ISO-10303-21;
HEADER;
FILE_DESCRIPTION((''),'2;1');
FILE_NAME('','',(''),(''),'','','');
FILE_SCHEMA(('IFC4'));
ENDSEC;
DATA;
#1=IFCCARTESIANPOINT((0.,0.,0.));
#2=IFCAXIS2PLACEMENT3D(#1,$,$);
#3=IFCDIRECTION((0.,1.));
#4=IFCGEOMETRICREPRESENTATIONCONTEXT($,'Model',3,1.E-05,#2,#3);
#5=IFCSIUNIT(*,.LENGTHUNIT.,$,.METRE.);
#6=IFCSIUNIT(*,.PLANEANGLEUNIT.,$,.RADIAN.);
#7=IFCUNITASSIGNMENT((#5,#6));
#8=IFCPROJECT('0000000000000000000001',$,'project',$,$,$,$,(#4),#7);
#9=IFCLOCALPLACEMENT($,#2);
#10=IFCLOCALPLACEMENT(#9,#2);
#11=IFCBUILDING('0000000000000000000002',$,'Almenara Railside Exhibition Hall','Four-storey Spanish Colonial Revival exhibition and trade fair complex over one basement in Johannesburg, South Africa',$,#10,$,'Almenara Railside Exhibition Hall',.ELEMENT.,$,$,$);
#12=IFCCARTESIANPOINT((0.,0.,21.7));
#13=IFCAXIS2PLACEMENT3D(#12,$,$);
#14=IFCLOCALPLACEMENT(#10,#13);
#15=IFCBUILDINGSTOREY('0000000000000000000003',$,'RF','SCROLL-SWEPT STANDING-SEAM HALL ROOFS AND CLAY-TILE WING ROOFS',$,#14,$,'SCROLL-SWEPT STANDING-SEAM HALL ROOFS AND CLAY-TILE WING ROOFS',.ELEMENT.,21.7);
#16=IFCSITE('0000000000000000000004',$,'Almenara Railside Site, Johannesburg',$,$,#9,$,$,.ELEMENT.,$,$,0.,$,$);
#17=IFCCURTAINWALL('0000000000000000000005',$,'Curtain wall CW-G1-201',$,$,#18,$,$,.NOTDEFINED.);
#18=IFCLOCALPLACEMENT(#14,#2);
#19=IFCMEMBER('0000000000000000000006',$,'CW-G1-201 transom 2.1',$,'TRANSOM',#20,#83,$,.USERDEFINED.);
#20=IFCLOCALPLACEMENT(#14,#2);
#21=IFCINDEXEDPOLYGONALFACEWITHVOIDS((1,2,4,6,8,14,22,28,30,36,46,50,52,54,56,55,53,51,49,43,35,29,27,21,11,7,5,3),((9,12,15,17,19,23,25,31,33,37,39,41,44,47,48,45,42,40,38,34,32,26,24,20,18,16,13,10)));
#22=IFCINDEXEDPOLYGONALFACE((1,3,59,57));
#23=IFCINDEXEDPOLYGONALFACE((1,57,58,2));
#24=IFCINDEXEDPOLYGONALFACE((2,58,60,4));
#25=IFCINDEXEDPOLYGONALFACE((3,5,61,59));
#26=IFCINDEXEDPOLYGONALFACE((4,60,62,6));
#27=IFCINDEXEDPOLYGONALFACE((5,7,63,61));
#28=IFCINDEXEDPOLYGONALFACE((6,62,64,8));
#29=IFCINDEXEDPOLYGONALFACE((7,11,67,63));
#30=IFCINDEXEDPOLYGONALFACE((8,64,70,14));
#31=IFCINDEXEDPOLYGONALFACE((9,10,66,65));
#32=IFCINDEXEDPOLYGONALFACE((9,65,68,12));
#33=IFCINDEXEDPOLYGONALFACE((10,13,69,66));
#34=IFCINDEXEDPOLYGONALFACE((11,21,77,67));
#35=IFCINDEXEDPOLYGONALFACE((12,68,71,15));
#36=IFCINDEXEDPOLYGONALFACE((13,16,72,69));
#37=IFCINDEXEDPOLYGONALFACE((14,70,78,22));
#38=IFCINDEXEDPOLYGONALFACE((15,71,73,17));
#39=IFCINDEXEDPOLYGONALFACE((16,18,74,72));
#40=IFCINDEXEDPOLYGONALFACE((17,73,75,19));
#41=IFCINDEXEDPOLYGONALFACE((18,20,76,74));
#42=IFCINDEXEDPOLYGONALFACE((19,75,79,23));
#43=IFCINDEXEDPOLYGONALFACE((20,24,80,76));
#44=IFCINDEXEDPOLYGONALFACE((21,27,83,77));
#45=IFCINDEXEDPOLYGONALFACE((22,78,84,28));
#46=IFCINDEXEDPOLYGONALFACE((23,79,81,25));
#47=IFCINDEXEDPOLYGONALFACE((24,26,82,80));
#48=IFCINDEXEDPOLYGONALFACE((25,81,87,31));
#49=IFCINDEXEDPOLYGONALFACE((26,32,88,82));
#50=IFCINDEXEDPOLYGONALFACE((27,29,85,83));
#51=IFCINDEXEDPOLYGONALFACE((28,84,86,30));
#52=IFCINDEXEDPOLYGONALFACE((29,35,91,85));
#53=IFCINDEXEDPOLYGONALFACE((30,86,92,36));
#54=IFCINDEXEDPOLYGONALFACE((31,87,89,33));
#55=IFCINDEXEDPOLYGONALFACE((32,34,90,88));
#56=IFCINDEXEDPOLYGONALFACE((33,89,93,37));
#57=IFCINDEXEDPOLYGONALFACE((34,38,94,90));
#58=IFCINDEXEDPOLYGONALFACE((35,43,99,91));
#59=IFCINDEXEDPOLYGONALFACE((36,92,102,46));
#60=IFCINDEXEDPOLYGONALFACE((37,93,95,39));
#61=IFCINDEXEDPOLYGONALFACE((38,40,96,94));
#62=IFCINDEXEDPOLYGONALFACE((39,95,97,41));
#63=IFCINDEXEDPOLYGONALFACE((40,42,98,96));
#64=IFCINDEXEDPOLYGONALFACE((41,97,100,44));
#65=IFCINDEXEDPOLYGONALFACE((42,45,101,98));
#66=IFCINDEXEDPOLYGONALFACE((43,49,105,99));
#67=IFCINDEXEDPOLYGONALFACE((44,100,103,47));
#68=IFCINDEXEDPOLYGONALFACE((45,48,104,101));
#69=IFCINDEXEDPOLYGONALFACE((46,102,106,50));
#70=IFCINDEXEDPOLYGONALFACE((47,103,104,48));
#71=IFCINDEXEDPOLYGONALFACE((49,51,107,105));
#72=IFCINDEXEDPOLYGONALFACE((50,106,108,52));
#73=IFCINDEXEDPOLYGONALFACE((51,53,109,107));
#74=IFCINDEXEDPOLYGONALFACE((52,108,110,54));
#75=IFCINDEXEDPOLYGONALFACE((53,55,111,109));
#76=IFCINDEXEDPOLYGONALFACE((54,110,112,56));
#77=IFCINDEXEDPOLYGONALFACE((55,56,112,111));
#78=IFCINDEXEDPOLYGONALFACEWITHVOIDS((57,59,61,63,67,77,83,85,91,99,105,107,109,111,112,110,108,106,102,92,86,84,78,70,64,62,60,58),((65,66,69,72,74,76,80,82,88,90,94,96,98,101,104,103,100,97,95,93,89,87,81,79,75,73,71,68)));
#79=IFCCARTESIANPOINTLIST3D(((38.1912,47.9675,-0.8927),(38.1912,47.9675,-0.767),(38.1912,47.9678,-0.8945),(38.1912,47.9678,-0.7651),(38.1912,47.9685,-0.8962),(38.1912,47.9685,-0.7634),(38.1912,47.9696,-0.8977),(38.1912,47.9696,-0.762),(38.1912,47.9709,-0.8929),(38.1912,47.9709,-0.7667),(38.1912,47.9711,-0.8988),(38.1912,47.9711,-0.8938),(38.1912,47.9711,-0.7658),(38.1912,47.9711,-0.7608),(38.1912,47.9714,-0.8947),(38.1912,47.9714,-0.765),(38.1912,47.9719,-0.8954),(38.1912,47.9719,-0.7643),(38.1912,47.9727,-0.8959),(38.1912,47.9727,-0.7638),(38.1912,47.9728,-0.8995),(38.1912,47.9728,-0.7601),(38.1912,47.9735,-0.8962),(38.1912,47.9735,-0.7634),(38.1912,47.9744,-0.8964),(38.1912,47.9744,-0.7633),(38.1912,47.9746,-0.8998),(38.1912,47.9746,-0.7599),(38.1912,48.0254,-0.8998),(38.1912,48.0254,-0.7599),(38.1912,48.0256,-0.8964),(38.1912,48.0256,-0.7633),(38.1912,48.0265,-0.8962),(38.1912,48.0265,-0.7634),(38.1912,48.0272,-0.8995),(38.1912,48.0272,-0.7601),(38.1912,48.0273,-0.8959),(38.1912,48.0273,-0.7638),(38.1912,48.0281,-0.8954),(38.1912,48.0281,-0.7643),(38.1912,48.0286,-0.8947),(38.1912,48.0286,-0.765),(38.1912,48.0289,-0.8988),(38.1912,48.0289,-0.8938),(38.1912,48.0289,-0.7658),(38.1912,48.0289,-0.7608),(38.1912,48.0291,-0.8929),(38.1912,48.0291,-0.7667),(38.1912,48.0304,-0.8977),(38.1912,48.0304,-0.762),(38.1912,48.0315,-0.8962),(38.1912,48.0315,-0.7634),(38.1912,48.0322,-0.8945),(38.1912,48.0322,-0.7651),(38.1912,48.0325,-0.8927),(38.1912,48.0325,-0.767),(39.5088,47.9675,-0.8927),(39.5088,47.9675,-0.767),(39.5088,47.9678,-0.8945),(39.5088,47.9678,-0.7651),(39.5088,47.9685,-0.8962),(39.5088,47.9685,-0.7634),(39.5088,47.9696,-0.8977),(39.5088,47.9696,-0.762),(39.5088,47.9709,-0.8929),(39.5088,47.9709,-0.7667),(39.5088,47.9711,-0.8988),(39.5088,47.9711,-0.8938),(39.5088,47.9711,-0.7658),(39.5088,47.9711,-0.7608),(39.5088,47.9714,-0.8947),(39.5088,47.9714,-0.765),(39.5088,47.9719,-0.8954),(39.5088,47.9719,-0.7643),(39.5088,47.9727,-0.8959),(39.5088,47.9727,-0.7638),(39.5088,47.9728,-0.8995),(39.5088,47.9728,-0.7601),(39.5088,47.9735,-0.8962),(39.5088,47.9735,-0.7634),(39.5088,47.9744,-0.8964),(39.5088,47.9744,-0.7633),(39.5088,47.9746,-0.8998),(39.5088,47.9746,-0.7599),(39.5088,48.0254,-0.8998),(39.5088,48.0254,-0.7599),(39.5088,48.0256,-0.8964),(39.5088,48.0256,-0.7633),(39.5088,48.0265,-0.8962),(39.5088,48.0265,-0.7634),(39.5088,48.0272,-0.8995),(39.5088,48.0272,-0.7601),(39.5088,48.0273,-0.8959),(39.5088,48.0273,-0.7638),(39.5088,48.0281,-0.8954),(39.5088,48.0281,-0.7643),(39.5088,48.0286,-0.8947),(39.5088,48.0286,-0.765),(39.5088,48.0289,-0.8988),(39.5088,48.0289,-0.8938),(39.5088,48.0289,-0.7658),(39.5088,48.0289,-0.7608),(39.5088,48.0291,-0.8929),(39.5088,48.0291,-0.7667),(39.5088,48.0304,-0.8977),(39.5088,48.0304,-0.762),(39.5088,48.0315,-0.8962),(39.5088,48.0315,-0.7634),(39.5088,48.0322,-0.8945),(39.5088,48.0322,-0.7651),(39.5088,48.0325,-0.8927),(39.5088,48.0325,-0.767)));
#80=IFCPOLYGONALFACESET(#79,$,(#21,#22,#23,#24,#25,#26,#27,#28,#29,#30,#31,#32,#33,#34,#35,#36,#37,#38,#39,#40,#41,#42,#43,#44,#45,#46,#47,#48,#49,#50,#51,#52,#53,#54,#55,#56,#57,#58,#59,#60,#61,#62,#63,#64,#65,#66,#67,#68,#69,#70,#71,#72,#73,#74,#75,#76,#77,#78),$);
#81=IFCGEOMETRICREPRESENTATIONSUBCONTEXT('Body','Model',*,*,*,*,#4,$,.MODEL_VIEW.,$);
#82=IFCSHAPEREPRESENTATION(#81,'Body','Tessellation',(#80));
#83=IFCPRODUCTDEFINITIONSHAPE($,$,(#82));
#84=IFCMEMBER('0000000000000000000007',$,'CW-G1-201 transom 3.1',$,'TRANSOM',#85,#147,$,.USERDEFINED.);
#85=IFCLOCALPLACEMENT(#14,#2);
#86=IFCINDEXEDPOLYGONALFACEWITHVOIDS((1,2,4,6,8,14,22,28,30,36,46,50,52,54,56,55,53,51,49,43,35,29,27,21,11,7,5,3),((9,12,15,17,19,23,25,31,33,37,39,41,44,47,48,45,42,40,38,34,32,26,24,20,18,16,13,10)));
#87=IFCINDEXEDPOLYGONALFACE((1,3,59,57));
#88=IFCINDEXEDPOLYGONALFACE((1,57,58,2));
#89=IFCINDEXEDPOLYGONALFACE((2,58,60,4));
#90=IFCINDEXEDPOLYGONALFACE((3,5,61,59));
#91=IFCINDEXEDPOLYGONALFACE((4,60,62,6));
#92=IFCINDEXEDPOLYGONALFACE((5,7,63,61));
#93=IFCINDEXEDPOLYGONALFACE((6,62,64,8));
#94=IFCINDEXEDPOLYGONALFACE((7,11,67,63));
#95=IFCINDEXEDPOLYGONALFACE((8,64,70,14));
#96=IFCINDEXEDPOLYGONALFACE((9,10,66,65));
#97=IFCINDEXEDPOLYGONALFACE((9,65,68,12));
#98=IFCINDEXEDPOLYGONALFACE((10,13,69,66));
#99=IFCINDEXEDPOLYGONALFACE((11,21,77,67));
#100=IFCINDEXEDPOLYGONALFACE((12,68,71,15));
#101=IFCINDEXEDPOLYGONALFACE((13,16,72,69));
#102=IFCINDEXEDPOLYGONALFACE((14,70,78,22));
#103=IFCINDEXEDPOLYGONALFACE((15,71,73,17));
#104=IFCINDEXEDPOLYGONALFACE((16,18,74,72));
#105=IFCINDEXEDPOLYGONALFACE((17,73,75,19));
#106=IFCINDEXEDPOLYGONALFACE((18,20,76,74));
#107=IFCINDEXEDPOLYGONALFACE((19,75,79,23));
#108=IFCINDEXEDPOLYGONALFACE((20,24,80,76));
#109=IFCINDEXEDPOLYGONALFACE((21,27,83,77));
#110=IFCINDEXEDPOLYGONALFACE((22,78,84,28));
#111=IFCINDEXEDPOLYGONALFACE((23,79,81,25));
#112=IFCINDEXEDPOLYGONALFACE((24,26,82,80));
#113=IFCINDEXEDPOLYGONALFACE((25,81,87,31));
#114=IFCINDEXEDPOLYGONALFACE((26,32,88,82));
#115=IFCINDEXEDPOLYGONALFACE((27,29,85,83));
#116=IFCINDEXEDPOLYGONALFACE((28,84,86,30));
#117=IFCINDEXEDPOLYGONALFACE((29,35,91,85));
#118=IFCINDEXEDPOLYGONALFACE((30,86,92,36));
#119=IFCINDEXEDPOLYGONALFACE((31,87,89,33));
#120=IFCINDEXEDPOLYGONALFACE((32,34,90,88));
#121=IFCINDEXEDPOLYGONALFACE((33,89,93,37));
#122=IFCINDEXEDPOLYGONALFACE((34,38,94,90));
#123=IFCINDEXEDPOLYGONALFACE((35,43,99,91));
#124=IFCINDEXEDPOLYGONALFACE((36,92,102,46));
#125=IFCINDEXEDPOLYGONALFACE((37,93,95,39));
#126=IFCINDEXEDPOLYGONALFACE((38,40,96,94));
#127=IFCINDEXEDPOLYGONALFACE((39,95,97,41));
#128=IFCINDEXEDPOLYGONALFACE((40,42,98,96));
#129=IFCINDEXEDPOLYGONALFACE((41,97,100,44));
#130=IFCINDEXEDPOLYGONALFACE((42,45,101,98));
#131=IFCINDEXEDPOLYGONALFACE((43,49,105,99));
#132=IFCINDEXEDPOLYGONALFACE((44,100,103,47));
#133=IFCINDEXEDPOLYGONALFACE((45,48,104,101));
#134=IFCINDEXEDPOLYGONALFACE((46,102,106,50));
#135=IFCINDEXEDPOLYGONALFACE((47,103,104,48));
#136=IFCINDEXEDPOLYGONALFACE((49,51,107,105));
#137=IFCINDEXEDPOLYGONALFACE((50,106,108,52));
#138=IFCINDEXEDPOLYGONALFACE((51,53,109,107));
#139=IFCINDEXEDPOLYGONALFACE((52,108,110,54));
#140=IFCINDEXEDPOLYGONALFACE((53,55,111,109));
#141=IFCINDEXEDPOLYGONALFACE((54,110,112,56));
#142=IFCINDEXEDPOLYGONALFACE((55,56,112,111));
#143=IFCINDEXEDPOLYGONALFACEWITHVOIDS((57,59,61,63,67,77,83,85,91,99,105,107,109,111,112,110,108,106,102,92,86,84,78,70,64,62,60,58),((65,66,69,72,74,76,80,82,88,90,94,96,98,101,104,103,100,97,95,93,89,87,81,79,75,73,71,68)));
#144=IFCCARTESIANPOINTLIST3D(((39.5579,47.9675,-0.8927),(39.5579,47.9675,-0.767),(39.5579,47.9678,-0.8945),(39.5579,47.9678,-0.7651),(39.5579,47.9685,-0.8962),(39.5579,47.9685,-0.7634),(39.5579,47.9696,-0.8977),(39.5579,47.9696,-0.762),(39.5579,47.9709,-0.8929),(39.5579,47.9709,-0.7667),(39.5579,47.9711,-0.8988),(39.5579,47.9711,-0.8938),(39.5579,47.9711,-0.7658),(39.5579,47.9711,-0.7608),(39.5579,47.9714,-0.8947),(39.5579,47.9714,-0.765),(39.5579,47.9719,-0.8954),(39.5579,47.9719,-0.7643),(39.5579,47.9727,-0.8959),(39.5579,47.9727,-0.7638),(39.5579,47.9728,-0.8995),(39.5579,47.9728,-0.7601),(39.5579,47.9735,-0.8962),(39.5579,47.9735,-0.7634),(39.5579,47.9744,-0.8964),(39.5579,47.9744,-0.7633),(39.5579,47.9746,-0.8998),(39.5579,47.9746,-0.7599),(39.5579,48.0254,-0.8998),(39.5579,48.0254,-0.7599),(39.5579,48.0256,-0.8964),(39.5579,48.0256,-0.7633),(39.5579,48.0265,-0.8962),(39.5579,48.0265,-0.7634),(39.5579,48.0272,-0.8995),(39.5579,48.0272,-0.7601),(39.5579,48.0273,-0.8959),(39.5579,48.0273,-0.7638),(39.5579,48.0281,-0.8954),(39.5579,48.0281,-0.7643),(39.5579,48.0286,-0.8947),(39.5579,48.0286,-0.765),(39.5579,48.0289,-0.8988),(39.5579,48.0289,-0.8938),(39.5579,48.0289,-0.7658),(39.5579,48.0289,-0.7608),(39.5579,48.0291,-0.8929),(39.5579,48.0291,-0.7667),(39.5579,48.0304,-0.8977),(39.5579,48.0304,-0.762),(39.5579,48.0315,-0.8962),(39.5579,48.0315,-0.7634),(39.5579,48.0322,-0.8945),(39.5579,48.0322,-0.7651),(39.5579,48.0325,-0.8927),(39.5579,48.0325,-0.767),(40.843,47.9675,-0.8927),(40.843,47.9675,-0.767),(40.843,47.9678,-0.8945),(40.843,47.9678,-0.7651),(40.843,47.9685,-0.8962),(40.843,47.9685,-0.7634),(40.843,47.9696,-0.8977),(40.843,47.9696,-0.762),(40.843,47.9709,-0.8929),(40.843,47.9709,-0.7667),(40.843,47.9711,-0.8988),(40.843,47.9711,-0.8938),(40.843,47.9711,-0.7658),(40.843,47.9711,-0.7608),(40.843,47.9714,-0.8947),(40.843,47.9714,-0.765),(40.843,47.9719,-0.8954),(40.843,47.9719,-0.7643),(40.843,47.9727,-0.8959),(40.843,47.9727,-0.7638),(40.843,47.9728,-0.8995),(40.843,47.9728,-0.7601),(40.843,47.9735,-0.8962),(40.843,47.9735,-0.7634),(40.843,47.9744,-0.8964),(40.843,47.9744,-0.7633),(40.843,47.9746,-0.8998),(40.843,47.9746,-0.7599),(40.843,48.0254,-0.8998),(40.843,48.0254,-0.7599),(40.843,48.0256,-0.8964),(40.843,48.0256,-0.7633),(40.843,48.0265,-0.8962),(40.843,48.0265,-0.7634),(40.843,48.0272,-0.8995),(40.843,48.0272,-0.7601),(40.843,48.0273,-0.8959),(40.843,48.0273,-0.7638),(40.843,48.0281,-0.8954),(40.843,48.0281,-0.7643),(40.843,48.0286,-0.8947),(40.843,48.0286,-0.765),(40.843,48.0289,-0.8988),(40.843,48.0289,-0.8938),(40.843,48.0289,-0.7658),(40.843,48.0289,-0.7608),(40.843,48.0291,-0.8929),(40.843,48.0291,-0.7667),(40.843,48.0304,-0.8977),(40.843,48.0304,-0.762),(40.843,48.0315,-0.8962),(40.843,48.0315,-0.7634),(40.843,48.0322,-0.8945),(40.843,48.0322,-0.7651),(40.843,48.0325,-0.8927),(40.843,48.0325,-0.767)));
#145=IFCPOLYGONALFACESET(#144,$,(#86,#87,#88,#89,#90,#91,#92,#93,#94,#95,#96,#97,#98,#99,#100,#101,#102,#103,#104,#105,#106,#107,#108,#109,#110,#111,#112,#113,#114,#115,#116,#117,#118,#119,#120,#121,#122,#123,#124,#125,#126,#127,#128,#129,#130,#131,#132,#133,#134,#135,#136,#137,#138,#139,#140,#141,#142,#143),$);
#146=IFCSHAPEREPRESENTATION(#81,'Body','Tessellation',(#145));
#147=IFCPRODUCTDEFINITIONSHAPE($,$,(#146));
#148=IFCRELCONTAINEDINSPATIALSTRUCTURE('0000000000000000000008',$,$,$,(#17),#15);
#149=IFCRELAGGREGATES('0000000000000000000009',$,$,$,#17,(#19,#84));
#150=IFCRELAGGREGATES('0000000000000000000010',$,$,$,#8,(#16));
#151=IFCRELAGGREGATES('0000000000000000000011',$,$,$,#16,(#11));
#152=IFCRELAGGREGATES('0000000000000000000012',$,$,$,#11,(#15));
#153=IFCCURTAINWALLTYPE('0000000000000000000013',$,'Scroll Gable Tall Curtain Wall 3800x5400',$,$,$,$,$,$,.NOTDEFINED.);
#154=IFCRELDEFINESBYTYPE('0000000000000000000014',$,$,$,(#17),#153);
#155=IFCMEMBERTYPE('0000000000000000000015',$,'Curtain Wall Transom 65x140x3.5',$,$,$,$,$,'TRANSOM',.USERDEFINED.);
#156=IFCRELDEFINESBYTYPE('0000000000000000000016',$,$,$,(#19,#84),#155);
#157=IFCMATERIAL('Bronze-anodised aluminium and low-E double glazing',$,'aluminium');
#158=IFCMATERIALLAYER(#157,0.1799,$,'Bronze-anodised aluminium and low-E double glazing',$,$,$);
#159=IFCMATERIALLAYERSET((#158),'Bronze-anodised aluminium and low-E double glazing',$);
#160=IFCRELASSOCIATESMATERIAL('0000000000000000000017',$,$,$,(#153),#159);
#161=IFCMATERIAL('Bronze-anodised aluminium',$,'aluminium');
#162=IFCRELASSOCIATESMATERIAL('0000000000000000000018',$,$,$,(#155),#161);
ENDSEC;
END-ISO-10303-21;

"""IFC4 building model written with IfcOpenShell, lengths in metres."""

from ifc_helpers import new_model, si_unit, direction, frame, origin, origin_2d, place, context, subcontext, project, spatial, hollow_rectangle, extrude, material, layer, layer_set, material_profile, profile_set, type_object, element, aggregate, save


model = new_model("IFC4")

# Units and contexts
model_context = context("Model", 3, precision=1e-05, world=origin(), true_north=direction((0.0, 1.0)))
body_context = subcontext(model_context, "Body", "Model", "MODEL_VIEW")
ifc_project = project(units=[si_unit("LENGTHUNIT", "METRE"), si_unit("PLANEANGLEUNIT", "RADIAN")], contexts=[model_context])

# Site, building, storey
site_placement = place(None, origin())
site = spatial("IfcSite", under=ifc_project, at=site_placement, Name="Almenara Railside Site, Johannesburg", CompositionType="ELEMENT", RefElevation=0.0)
building_placement = place(site_placement, origin())
building = spatial("IfcBuilding", under=site, at=building_placement, Name="Almenara Railside Exhibition Hall", Description="Four-storey Spanish Colonial Revival exhibition and trade fair complex over one basement in Johannesburg, South Africa", LongName="Almenara Railside Exhibition Hall", CompositionType="ELEMENT")
storey_placement = place(building_placement, frame((0.0, 0.0, 21.7)))
storey = spatial("IfcBuildingStorey", under=building, at=storey_placement, Name="RF", Description="SCROLL-SWEPT STANDING-SEAM HALL ROOFS AND CLAY-TILE WING ROOFS", LongName="SCROLL-SWEPT STANDING-SEAM HALL ROOFS AND CLAY-TILE WING ROOFS", CompositionType="ELEMENT", Elevation=21.7)

# Curtain wall
ifc_material_1 = material(Name="Bronze-anodised aluminium and low-E double glazing", Category="aluminium")
ifc_layer_1 = layer(ifc_material_1, 0.1799, Name="Bronze-anodised aluminium and low-E double glazing")
ifc_layer_set_1 = layer_set([ifc_layer_1], Name="Bronze-anodised aluminium and low-E double glazing")
curtain_wall_type = type_object("IfcCurtainWallType", Name="Scroll Gable Tall Curtain Wall 3800x5400", PredefinedType="NOTDEFINED", material=ifc_layer_set_1)
ifc_material_2 = material(Name="Bronze-anodised aluminium", Category="aluminium")
curtain_wall_1_placement = place(storey_placement, origin())
curtain_wall_1 = element("IfcCurtainWall", 1, at=curtain_wall_1_placement, inside=storey, type_object=curtain_wall_type, Name="Curtain wall CW-G1-201", PredefinedType="NOTDEFINED")

# Members
ifc_material_profile_1 = material_profile(ifc_material_2, hollow_rectangle(XDim=0.0649, YDim=0.1399, WallThickness=0.0034, InnerFilletRadius=0.0034, OuterFilletRadius=0.0071, at=origin_2d()), Name="ALU-TRN 65x140x3.5")
ifc_profile_set_1 = profile_set([ifc_material_profile_1], Name="Bronze-anodised aluminium")
member_type_1 = type_object("IfcMemberType", Name="Curtain Wall Transom 65x140x3.5", ElementType="TRANSOM", PredefinedType="USERDEFINED", material=ifc_profile_set_1)
member_1_placement = place(storey_placement, frame((38.1912, 48.0, -0.8298), z_axis=(1.0, 0.0, 0.0), x_axis=(0.0, 1.0, 0.0)))
member_1 = element("IfcMember", 2, at=member_1_placement, type_object=member_type_1, Name="CW-G1-201 transom 2.1", ObjectType="TRANSOM", PredefinedType="USERDEFINED", context=body_context, shape_type="SweptSolid", body=[
    extrude(hollow_rectangle(XDim=0.0649, YDim=0.1399, WallThickness=0.0034, InnerFilletRadius=0.0034, OuterFilletRadius=0.0071, at=origin_2d()), origin(), (0.0, 0.0, 1.0), 1.3176),
])
member_2_placement = place(storey_placement, frame((39.5579, 48.0, -0.8298), z_axis=(1.0, 0.0, 0.0), x_axis=(0.0, 1.0, 0.0)))
member_2 = element("IfcMember", 3, at=member_2_placement, type_object=member_type_1, Name="CW-G1-201 transom 3.1", ObjectType="TRANSOM", PredefinedType="USERDEFINED", context=body_context, shape_type="SweptSolid", body=[
    extrude(hollow_rectangle(XDim=0.0649, YDim=0.1399, WallThickness=0.0034, InnerFilletRadius=0.0034, OuterFilletRadius=0.0071, at=origin_2d()), origin(), (0.0, 0.0, 1.0), 1.2852),
])

aggregate(curtain_wall_1, [member_1, member_2])

save(model, "model.ifc")
